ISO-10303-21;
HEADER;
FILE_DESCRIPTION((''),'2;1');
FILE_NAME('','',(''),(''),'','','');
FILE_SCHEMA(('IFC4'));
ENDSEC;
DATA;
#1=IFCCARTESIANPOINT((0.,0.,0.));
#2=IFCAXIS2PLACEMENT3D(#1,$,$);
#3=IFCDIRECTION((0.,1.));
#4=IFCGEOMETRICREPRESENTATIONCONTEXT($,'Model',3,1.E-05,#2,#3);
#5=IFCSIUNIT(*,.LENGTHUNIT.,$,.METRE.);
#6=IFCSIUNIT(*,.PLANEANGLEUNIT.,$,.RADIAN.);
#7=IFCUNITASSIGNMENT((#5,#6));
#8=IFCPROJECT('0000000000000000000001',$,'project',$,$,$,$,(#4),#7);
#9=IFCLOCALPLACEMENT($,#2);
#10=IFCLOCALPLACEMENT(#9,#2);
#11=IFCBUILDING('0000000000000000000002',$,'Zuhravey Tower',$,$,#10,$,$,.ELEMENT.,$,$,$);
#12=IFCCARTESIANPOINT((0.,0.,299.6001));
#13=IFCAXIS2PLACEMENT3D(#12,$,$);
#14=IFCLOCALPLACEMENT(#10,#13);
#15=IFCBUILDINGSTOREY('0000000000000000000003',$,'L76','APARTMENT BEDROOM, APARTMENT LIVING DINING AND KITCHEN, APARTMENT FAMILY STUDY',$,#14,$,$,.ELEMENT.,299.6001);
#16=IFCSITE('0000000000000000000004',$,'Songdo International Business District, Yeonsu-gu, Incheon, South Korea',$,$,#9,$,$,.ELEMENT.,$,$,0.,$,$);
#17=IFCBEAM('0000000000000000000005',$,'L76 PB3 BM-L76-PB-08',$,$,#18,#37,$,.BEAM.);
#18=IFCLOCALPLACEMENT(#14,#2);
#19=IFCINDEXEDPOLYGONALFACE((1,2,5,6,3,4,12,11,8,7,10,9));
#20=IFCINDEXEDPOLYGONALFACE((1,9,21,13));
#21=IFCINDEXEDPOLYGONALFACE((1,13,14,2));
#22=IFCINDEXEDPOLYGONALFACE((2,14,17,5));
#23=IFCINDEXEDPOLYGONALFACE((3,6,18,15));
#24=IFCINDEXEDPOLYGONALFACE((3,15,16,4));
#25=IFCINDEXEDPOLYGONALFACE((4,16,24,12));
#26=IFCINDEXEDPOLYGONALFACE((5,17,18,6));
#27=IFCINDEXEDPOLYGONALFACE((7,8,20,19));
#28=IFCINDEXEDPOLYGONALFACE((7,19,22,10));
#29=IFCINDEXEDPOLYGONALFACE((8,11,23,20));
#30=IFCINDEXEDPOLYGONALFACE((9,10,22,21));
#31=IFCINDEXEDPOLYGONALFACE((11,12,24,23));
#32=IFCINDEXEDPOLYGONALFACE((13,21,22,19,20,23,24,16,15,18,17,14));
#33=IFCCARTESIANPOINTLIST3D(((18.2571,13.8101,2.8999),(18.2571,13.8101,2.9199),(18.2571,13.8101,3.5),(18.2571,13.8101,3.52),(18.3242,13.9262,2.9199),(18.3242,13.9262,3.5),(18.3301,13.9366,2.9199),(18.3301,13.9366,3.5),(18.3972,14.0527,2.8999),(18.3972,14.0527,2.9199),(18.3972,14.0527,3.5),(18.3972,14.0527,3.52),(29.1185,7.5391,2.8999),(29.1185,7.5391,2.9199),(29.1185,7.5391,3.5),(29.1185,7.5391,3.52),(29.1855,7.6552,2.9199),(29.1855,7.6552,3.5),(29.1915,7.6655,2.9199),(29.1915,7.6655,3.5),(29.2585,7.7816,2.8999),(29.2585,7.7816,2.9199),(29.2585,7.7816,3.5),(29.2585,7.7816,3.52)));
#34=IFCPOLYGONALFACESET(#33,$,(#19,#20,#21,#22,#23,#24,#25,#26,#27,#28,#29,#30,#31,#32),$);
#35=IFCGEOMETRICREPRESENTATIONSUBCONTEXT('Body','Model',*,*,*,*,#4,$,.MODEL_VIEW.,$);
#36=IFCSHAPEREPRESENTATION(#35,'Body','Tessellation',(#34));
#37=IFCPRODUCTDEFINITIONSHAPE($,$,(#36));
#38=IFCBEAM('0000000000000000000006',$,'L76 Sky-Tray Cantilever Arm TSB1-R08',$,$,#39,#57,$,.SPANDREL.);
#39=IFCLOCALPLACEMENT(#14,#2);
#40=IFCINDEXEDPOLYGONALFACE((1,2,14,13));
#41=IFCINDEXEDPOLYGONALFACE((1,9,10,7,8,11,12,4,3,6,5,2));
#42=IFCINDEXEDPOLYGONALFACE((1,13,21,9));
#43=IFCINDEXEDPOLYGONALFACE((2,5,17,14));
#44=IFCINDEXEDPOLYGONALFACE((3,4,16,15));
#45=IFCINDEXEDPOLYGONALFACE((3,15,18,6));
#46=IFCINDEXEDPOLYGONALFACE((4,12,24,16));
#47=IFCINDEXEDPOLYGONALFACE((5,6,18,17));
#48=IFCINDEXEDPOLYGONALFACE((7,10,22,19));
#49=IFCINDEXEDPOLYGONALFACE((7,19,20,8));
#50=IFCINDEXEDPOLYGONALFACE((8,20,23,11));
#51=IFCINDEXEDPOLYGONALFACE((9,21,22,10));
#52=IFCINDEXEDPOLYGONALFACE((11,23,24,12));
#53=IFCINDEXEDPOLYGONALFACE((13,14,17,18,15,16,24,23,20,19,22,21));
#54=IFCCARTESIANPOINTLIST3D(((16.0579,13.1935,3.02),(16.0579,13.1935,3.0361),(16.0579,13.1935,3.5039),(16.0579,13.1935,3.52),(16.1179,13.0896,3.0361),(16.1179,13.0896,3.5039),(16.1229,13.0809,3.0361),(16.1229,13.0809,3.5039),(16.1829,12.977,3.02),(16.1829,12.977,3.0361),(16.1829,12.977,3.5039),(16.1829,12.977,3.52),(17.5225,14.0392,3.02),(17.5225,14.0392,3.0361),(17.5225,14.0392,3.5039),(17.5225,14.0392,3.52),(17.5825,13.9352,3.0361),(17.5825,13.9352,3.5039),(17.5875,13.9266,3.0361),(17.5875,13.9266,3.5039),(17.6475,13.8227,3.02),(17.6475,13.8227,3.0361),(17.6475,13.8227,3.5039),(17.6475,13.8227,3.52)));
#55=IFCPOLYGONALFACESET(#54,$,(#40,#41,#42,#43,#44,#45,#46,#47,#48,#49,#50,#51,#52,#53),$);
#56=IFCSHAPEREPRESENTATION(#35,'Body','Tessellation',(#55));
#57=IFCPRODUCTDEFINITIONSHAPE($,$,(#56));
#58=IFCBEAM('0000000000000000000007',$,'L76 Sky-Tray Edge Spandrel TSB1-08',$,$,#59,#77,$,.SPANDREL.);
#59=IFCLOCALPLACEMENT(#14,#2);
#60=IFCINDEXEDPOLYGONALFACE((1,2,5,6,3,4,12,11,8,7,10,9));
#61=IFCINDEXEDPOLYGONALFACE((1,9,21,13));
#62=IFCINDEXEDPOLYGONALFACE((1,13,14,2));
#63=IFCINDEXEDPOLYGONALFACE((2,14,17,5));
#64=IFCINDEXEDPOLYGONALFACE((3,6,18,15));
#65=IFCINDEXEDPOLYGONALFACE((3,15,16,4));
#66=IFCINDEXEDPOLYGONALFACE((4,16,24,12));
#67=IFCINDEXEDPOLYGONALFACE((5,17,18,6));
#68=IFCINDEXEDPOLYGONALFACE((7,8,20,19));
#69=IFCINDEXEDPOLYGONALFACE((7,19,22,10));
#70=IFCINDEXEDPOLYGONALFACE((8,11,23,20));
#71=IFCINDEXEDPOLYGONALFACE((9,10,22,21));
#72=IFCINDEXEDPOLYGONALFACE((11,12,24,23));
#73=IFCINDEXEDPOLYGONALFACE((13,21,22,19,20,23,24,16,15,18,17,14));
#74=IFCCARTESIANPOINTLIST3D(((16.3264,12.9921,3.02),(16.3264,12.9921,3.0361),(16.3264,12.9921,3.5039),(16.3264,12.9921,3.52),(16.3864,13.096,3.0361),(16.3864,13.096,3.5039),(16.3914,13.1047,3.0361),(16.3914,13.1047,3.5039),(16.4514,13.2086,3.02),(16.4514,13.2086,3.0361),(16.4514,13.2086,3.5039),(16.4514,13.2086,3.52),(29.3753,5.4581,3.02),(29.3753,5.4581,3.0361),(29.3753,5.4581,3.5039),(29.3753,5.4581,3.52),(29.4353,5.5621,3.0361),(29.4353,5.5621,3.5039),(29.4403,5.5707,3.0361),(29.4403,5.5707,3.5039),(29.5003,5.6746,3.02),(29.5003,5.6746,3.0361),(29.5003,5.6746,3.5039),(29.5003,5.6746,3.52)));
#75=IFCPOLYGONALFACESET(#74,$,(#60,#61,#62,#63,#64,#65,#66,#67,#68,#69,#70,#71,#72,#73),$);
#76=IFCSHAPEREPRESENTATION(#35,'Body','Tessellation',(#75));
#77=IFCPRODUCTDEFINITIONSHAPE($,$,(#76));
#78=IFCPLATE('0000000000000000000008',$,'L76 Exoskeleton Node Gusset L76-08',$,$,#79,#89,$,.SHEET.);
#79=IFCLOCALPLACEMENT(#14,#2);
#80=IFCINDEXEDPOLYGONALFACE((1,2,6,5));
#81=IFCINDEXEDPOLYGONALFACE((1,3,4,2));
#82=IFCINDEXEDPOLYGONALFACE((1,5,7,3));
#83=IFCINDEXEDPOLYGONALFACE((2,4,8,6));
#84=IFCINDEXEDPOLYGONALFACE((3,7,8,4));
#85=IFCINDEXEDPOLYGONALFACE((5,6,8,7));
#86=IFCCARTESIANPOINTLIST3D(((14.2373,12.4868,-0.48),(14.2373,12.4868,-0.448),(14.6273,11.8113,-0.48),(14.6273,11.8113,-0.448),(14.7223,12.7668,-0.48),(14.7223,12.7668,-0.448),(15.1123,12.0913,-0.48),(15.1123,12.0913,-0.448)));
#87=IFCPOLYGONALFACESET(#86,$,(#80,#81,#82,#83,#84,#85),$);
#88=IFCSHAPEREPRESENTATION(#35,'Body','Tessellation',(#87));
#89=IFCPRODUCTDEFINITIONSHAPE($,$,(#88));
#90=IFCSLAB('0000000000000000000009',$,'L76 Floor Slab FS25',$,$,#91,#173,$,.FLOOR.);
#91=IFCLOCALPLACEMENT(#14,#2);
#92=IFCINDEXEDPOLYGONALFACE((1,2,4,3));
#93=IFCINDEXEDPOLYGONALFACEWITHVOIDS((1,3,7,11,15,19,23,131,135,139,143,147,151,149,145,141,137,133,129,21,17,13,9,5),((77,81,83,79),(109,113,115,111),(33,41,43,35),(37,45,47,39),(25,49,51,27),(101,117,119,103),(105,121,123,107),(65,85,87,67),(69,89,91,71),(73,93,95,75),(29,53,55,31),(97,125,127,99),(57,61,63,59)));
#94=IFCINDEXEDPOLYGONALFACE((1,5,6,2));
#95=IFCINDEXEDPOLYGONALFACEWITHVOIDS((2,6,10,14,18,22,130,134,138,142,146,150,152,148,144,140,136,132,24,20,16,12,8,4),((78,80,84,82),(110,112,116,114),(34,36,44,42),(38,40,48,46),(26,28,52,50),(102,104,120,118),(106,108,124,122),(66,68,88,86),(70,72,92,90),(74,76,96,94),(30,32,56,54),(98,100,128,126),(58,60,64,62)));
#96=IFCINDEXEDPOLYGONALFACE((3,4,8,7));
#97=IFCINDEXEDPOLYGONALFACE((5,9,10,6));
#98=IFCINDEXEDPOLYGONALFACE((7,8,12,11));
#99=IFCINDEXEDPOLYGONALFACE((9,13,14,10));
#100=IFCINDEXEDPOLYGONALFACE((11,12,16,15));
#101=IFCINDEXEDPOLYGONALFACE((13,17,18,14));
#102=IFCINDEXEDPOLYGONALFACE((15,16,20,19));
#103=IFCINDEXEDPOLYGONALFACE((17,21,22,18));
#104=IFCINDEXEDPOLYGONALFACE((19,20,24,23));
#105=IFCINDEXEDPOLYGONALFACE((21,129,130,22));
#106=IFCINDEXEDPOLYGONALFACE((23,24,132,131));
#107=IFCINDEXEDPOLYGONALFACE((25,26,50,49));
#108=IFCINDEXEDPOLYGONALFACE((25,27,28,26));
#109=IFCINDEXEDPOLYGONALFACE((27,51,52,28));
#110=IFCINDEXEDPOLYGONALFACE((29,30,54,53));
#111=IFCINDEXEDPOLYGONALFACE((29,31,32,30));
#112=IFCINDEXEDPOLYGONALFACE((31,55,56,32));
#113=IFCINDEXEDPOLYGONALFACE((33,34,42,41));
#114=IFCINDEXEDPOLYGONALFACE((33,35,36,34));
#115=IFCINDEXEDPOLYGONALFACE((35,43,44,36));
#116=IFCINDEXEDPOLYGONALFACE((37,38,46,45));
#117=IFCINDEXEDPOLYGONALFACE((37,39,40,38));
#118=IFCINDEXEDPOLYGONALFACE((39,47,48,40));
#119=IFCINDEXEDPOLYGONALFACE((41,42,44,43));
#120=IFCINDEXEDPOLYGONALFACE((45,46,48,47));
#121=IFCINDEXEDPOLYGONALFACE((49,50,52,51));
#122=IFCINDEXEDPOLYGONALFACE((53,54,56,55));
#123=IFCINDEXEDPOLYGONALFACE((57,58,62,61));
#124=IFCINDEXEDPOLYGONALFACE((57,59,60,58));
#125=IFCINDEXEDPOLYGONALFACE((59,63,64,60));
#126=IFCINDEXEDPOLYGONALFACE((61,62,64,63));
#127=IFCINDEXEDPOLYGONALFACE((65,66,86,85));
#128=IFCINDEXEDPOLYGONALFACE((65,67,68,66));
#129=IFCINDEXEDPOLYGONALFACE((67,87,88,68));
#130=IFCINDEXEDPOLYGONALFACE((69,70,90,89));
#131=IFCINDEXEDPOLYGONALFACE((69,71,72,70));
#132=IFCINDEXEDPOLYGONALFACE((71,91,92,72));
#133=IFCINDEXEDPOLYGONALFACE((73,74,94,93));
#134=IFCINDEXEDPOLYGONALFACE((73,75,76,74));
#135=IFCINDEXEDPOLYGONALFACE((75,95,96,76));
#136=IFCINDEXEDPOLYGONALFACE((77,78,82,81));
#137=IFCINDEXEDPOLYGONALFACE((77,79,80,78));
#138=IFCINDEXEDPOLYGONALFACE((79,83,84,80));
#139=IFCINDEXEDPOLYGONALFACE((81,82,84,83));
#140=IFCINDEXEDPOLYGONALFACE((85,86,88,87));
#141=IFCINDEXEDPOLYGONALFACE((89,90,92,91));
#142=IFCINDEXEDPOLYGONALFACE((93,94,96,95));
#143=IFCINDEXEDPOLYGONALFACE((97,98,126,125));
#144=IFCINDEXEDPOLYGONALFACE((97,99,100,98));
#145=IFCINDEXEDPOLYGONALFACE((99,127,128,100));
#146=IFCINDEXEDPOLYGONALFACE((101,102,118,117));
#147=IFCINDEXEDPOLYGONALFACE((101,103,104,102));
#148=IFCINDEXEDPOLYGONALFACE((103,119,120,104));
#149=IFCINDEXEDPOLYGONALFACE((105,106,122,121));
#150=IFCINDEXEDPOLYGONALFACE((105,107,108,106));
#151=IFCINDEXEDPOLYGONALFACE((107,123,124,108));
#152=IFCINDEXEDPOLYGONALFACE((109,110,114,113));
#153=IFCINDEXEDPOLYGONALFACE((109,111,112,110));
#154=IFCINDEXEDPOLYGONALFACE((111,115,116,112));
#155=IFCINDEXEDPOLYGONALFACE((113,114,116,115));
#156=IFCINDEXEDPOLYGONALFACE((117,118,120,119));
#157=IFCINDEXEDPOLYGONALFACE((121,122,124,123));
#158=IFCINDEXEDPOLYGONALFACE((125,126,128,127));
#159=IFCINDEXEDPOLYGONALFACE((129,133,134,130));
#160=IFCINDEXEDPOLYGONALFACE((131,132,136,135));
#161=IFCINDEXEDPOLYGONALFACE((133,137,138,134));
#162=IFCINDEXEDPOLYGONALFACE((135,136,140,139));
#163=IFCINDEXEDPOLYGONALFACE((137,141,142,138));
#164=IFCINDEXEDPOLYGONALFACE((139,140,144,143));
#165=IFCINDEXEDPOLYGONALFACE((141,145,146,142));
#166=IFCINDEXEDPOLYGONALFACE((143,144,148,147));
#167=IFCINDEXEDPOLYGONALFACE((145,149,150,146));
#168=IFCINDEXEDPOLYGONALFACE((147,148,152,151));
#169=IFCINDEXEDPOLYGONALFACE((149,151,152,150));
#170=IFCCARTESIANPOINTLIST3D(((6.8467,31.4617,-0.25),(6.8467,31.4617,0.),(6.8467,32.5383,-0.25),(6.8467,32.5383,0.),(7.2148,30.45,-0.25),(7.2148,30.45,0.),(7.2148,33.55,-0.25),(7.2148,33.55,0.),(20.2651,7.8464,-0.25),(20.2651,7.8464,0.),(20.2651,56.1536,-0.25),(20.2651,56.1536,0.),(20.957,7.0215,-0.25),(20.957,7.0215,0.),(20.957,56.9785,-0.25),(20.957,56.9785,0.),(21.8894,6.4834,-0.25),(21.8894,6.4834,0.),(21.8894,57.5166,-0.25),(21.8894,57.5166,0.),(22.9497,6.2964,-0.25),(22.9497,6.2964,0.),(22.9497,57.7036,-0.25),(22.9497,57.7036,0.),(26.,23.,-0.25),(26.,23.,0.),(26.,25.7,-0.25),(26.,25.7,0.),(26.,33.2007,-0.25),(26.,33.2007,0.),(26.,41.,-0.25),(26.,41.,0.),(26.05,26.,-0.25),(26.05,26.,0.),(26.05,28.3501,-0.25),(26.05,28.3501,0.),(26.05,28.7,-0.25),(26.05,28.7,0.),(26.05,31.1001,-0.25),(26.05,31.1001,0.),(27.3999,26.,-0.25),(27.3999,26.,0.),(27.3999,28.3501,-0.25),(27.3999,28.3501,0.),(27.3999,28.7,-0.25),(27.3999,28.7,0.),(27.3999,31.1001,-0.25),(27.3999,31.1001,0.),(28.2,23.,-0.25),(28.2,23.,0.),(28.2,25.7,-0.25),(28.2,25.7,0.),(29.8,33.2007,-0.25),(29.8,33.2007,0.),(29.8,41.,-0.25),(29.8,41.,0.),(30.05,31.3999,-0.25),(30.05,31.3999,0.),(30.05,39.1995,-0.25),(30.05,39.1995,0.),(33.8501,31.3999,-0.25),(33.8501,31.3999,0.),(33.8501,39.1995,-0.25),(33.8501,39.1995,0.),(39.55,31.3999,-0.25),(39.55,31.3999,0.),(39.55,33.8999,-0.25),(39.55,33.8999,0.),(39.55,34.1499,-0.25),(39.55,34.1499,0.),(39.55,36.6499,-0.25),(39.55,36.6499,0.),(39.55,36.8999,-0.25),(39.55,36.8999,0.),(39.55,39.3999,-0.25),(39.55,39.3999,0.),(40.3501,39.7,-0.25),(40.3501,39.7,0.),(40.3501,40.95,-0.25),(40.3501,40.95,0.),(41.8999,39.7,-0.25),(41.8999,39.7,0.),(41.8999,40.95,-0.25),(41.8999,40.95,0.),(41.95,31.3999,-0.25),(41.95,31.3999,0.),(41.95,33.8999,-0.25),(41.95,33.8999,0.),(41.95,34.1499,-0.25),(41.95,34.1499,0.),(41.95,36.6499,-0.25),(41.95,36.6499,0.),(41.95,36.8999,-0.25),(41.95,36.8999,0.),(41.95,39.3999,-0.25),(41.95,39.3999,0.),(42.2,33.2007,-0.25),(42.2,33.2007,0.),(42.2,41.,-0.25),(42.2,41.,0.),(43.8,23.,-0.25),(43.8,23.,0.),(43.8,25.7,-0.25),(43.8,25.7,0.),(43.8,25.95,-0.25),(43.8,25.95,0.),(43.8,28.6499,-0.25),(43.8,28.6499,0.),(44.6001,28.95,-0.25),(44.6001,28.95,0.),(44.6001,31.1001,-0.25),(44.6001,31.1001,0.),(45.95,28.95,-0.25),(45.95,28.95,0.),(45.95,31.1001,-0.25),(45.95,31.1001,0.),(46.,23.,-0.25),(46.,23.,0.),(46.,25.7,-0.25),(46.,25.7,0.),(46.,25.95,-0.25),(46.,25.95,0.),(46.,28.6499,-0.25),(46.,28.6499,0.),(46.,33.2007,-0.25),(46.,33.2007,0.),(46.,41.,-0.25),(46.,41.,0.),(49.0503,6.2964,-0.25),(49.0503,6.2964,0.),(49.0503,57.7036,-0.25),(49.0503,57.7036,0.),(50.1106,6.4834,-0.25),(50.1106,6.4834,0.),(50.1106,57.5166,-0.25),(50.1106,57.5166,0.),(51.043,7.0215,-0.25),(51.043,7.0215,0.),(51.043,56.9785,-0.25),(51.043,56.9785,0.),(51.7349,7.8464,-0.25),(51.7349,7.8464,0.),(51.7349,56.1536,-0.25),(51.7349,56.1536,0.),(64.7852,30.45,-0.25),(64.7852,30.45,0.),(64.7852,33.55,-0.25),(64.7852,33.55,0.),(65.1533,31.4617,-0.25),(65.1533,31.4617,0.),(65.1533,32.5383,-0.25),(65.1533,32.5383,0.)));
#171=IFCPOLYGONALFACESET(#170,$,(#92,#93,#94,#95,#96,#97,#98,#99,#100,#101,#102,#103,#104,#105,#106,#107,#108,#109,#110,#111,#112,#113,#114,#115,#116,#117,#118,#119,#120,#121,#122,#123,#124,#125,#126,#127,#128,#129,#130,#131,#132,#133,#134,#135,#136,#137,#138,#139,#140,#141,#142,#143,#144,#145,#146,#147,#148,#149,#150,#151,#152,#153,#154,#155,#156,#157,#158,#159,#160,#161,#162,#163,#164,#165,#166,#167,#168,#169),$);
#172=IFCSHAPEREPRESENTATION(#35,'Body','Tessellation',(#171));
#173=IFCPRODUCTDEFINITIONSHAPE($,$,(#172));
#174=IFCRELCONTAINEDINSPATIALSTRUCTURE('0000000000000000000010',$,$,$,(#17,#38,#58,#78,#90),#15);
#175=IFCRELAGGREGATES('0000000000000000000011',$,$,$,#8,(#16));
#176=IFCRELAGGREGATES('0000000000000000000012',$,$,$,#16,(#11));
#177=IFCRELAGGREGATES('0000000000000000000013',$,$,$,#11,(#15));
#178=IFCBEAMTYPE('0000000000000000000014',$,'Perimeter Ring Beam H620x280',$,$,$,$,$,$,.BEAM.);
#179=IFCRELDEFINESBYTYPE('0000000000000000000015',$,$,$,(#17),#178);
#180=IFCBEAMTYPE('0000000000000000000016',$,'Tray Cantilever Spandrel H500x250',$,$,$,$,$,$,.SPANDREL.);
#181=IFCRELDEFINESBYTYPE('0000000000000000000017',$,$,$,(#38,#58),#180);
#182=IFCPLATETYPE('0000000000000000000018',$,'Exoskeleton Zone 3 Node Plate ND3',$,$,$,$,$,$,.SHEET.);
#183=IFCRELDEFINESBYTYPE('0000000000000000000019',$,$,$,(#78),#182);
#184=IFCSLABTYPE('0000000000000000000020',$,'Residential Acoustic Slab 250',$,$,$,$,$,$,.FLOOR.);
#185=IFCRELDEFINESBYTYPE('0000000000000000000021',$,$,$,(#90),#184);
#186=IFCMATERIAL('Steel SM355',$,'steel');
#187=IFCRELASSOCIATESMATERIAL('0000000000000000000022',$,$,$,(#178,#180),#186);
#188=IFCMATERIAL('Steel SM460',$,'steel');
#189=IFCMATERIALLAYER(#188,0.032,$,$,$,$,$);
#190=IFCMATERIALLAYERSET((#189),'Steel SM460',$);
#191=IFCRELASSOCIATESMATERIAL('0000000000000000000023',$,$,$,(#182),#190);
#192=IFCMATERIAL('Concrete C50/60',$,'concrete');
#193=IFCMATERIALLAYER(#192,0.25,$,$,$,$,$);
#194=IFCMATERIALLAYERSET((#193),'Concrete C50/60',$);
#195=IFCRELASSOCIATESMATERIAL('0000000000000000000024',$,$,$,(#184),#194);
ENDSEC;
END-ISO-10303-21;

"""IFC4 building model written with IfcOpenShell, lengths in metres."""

from ifc_helpers import new_model, si_unit, direction, frame, origin, origin_2d, place, context, subcontext, project, spatial, polyline, rectangle, i_section, outline, extrude, material, layer, layer_set, material_profile, profile_set, type_object, element, save


model = new_model("IFC4")

# Units and contexts
model_context = context("Model", 3, precision=1e-05, world=origin(), true_north=direction((0.0, 1.0)))
body_context = subcontext(model_context, "Body", "Model", "MODEL_VIEW")
ifc_project = project(units=[si_unit("LENGTHUNIT", "METRE"), si_unit("PLANEANGLEUNIT", "RADIAN")], contexts=[model_context])

# Site, building, storey
site_placement = place(None, origin())
site = spatial("IfcSite", under=ifc_project, at=site_placement, Name="Songdo International Business District, Yeonsu-gu, Incheon, South Korea", CompositionType="ELEMENT", RefElevation=0.0)
building_placement = place(site_placement, origin())
building = spatial("IfcBuilding", under=site, at=building_placement, Name="Zuhravey Tower", CompositionType="ELEMENT")
storey_placement = place(building_placement, frame((0.0, 0.0, 299.6001)))
storey = spatial("IfcBuildingStorey", under=building, at=storey_placement, Name="L76", Description="APARTMENT BEDROOM, APARTMENT LIVING DINING AND KITCHEN, APARTMENT FAMILY STUDY", CompositionType="ELEMENT", Elevation=299.6001)

# Shared definitions
ifc_material_1 = material(Name="Concrete C50/60", Category="concrete")

# Beams
ifc_material_2 = material(Name="Steel SM460", Category="steel")
ifc_material_3 = material(Name="Steel SM355", Category="steel")
ifc_material_profile_1 = material_profile(ifc_material_3, i_section(OverallWidth=0.28, OverallDepth=0.6201, WebThickness=0.012, FlangeThickness=0.02, at=origin_2d()), Name="H-620x280x12x20")
ifc_profile_set_1 = profile_set([ifc_material_profile_1], Name="Steel SM355")
beam_type_1 = type_object("IfcBeamType", Name="Perimeter Ring Beam H620x280", PredefinedType="BEAM", material=ifc_profile_set_1)
beam_1_placement = place(storey_placement, frame((18.3271, 13.9314, 3.21), z_axis=(0.866018, -0.500012, 0.0), x_axis=(0.500012, 0.866018, 0.0)))
element("IfcBeam", 1, at=beam_1_placement, inside=storey, type_object=beam_type_1, Name="L76 PB3 BM-L76-PB-08", PredefinedType="BEAM", context=body_context, shape_type="SweptSolid", body=[
    extrude(i_section(OverallWidth=0.28, OverallDepth=0.6201, WebThickness=0.012, FlangeThickness=0.02, at=origin_2d()), origin(), (0.0, 0.0, 1.0), 12.5417),
])
ifc_material_profile_2 = material_profile(ifc_material_3, i_section(OverallWidth=0.25, OverallDepth=0.5, WebThickness=0.01, FlangeThickness=0.0161, at=origin_2d()), Name="H-500x250x10x16")
ifc_profile_set_2 = profile_set([ifc_material_profile_2], Name="Steel SM355")
beam_type_2 = type_object("IfcBeamType", Name="Tray Cantilever Spandrel H500x250", PredefinedType="SPANDREL", material=ifc_profile_set_2)
beam_2_placement = place(storey_placement, frame((17.585, 13.9309, 3.27), z_axis=(-0.865996, -0.500052, 0.0), x_axis=(0.500052, -0.865996, 0.0)))
element("IfcBeam", 2, at=beam_2_placement, inside=storey, type_object=beam_type_2, Name="L76 Sky-Tray Cantilever Arm TSB1-R08", PredefinedType="SPANDREL", context=body_context, shape_type="SweptSolid", body=[
    extrude(i_section(OverallWidth=0.25, OverallDepth=0.5, WebThickness=0.01, FlangeThickness=0.0161, at=origin_2d()), origin(), (0.0, 0.0, 1.0), 1.6912),
])
beam_3_placement = place(storey_placement, frame((16.3889, 13.1003, 3.27), z_axis=(0.86602, -0.50001, 0.0), x_axis=(0.50001, 0.86602, 0.0)))
element("IfcBeam", 3, at=beam_3_placement, inside=storey, type_object=beam_type_2, Name="L76 Sky-Tray Edge Spandrel TSB1-08", PredefinedType="SPANDREL", context=body_context, shape_type="SweptSolid", body=[
    extrude(i_section(OverallWidth=0.25, OverallDepth=0.5, WebThickness=0.01, FlangeThickness=0.0161, at=origin_2d()), origin(), (0.0, 0.0, 1.0), 15.0676),
])

# Plate
ifc_layer_1 = layer(ifc_material_2, 0.032)
ifc_layer_set_1 = layer_set([ifc_layer_1], Name="Steel SM460")
plate_type_1 = type_object("IfcPlateType", Name="Exoskeleton Zone 3 Node Plate ND3", PredefinedType="SHEET", material=ifc_layer_set_1)
plate_1_placement = place(storey_placement, frame((14.6748, 12.2891, -0.48), z_axis=(0.0, 0.0, 1.0), x_axis=(0.5, -0.866025, 0.0)))
element("IfcPlate", 4, at=plate_1_placement, inside=storey, type_object=plate_type_1, Name="L76 Exoskeleton Node Gusset L76-08", PredefinedType="SHEET", context=body_context, shape_type="SweptSolid", body=[
    extrude(rectangle(XDim=0.78, YDim=0.5601, at=origin_2d()), origin(), (0.0, 0.0, 1.0), 0.032),
])

# Slab
ifc_layer_2 = layer(ifc_material_1, 0.25)
ifc_layer_set_2 = layer_set([ifc_layer_2], Name="Concrete C50/60")
slab_type_1 = type_object("IfcSlabType", Name="Residential Acoustic Slab 250", PredefinedType="FLOOR", material=ifc_layer_set_2)
slab_1_placement = place(storey_placement, frame((0.0, 0.0, -0.25)))
element("IfcSlab", 5, at=slab_1_placement, inside=storey, type_object=slab_type_1, Name="L76 Floor Slab FS25", PredefinedType="FLOOR", context=body_context, shape_type="SweptSolid", body=[
    extrude(outline(polyline([(64.7852, 30.45), (65.1533, 31.4617), (65.1533, 32.5383), (64.7852, 33.55), (51.7349, 56.1536), (51.043, 56.9785), (50.1106, 57.5166), (49.0503, 57.7036), (22.9497, 57.7036), (21.8894, 57.5166), (20.957, 56.9785), (20.2651, 56.1536), (7.2148, 33.55), (6.8467, 32.5383), (6.8467, 31.4617), (7.2148, 30.45), (20.2651, 7.8464), (20.957, 7.0215), (21.8894, 6.4834), (22.9497, 6.2964), (49.0503, 6.2964), (50.1106, 6.4834), (51.043, 7.0215), (51.7349, 7.8464), (64.7852, 30.45)]), holes=[polyline([(29.8, 33.2007), (29.8, 41.0), (26.0, 41.0), (26.0, 33.2007), (29.8, 33.2007)]), polyline([(46.0, 33.2007), (46.0, 41.0), (42.2, 41.0), (42.2, 33.2007), (46.0, 33.2007)]), polyline([(30.05, 39.1995), (30.05, 31.3999), (33.8501, 31.3999), (33.8501, 39.1995), (30.05, 39.1995)]), polyline([(39.55, 31.3999), (41.95, 31.3999), (41.95, 33.8999), (39.55, 33.8999), (39.55, 31.3999)]), polyline([(39.55, 34.1499), (41.95, 34.1499), (41.95, 36.6499), (39.55, 36.6499), (39.55, 34.1499)]), polyline([(39.55, 36.8999), (41.95, 36.8999), (41.95, 39.3999), (39.55, 39.3999), (39.55, 36.8999)]), polyline([(26.0, 23.0), (28.2, 23.0), (28.2, 25.7), (26.0, 25.7), (26.0, 23.0)]), polyline([(43.8, 23.0), (46.0, 23.0), (46.0, 25.7), (43.8, 25.7), (43.8, 23.0)]), polyline([(43.8, 25.95), (46.0, 25.95), (46.0, 28.6499), (43.8, 28.6499), (43.8, 25.95)]), polyline([(26.05, 26.0), (27.3999, 26.0), (27.3999, 28.3501), (26.05, 28.3501), (26.05, 26.0)]), polyline([(26.05, 28.7), (27.3999, 28.7), (27.3999, 31.1001), (26.05, 31.1001), (26.05, 28.7)]), polyline([(44.6001, 28.95), (45.95, 28.95), (45.95, 31.1001), (44.6001, 31.1001), (44.6001, 28.95)]), polyline([(40.3501, 39.7), (41.8999, 39.7), (41.8999, 40.95), (40.3501, 40.95), (40.3501, 39.7)])]), origin(), (0.0, 0.0, 1.0), 0.25),
])

save(model, "model.ifc")
